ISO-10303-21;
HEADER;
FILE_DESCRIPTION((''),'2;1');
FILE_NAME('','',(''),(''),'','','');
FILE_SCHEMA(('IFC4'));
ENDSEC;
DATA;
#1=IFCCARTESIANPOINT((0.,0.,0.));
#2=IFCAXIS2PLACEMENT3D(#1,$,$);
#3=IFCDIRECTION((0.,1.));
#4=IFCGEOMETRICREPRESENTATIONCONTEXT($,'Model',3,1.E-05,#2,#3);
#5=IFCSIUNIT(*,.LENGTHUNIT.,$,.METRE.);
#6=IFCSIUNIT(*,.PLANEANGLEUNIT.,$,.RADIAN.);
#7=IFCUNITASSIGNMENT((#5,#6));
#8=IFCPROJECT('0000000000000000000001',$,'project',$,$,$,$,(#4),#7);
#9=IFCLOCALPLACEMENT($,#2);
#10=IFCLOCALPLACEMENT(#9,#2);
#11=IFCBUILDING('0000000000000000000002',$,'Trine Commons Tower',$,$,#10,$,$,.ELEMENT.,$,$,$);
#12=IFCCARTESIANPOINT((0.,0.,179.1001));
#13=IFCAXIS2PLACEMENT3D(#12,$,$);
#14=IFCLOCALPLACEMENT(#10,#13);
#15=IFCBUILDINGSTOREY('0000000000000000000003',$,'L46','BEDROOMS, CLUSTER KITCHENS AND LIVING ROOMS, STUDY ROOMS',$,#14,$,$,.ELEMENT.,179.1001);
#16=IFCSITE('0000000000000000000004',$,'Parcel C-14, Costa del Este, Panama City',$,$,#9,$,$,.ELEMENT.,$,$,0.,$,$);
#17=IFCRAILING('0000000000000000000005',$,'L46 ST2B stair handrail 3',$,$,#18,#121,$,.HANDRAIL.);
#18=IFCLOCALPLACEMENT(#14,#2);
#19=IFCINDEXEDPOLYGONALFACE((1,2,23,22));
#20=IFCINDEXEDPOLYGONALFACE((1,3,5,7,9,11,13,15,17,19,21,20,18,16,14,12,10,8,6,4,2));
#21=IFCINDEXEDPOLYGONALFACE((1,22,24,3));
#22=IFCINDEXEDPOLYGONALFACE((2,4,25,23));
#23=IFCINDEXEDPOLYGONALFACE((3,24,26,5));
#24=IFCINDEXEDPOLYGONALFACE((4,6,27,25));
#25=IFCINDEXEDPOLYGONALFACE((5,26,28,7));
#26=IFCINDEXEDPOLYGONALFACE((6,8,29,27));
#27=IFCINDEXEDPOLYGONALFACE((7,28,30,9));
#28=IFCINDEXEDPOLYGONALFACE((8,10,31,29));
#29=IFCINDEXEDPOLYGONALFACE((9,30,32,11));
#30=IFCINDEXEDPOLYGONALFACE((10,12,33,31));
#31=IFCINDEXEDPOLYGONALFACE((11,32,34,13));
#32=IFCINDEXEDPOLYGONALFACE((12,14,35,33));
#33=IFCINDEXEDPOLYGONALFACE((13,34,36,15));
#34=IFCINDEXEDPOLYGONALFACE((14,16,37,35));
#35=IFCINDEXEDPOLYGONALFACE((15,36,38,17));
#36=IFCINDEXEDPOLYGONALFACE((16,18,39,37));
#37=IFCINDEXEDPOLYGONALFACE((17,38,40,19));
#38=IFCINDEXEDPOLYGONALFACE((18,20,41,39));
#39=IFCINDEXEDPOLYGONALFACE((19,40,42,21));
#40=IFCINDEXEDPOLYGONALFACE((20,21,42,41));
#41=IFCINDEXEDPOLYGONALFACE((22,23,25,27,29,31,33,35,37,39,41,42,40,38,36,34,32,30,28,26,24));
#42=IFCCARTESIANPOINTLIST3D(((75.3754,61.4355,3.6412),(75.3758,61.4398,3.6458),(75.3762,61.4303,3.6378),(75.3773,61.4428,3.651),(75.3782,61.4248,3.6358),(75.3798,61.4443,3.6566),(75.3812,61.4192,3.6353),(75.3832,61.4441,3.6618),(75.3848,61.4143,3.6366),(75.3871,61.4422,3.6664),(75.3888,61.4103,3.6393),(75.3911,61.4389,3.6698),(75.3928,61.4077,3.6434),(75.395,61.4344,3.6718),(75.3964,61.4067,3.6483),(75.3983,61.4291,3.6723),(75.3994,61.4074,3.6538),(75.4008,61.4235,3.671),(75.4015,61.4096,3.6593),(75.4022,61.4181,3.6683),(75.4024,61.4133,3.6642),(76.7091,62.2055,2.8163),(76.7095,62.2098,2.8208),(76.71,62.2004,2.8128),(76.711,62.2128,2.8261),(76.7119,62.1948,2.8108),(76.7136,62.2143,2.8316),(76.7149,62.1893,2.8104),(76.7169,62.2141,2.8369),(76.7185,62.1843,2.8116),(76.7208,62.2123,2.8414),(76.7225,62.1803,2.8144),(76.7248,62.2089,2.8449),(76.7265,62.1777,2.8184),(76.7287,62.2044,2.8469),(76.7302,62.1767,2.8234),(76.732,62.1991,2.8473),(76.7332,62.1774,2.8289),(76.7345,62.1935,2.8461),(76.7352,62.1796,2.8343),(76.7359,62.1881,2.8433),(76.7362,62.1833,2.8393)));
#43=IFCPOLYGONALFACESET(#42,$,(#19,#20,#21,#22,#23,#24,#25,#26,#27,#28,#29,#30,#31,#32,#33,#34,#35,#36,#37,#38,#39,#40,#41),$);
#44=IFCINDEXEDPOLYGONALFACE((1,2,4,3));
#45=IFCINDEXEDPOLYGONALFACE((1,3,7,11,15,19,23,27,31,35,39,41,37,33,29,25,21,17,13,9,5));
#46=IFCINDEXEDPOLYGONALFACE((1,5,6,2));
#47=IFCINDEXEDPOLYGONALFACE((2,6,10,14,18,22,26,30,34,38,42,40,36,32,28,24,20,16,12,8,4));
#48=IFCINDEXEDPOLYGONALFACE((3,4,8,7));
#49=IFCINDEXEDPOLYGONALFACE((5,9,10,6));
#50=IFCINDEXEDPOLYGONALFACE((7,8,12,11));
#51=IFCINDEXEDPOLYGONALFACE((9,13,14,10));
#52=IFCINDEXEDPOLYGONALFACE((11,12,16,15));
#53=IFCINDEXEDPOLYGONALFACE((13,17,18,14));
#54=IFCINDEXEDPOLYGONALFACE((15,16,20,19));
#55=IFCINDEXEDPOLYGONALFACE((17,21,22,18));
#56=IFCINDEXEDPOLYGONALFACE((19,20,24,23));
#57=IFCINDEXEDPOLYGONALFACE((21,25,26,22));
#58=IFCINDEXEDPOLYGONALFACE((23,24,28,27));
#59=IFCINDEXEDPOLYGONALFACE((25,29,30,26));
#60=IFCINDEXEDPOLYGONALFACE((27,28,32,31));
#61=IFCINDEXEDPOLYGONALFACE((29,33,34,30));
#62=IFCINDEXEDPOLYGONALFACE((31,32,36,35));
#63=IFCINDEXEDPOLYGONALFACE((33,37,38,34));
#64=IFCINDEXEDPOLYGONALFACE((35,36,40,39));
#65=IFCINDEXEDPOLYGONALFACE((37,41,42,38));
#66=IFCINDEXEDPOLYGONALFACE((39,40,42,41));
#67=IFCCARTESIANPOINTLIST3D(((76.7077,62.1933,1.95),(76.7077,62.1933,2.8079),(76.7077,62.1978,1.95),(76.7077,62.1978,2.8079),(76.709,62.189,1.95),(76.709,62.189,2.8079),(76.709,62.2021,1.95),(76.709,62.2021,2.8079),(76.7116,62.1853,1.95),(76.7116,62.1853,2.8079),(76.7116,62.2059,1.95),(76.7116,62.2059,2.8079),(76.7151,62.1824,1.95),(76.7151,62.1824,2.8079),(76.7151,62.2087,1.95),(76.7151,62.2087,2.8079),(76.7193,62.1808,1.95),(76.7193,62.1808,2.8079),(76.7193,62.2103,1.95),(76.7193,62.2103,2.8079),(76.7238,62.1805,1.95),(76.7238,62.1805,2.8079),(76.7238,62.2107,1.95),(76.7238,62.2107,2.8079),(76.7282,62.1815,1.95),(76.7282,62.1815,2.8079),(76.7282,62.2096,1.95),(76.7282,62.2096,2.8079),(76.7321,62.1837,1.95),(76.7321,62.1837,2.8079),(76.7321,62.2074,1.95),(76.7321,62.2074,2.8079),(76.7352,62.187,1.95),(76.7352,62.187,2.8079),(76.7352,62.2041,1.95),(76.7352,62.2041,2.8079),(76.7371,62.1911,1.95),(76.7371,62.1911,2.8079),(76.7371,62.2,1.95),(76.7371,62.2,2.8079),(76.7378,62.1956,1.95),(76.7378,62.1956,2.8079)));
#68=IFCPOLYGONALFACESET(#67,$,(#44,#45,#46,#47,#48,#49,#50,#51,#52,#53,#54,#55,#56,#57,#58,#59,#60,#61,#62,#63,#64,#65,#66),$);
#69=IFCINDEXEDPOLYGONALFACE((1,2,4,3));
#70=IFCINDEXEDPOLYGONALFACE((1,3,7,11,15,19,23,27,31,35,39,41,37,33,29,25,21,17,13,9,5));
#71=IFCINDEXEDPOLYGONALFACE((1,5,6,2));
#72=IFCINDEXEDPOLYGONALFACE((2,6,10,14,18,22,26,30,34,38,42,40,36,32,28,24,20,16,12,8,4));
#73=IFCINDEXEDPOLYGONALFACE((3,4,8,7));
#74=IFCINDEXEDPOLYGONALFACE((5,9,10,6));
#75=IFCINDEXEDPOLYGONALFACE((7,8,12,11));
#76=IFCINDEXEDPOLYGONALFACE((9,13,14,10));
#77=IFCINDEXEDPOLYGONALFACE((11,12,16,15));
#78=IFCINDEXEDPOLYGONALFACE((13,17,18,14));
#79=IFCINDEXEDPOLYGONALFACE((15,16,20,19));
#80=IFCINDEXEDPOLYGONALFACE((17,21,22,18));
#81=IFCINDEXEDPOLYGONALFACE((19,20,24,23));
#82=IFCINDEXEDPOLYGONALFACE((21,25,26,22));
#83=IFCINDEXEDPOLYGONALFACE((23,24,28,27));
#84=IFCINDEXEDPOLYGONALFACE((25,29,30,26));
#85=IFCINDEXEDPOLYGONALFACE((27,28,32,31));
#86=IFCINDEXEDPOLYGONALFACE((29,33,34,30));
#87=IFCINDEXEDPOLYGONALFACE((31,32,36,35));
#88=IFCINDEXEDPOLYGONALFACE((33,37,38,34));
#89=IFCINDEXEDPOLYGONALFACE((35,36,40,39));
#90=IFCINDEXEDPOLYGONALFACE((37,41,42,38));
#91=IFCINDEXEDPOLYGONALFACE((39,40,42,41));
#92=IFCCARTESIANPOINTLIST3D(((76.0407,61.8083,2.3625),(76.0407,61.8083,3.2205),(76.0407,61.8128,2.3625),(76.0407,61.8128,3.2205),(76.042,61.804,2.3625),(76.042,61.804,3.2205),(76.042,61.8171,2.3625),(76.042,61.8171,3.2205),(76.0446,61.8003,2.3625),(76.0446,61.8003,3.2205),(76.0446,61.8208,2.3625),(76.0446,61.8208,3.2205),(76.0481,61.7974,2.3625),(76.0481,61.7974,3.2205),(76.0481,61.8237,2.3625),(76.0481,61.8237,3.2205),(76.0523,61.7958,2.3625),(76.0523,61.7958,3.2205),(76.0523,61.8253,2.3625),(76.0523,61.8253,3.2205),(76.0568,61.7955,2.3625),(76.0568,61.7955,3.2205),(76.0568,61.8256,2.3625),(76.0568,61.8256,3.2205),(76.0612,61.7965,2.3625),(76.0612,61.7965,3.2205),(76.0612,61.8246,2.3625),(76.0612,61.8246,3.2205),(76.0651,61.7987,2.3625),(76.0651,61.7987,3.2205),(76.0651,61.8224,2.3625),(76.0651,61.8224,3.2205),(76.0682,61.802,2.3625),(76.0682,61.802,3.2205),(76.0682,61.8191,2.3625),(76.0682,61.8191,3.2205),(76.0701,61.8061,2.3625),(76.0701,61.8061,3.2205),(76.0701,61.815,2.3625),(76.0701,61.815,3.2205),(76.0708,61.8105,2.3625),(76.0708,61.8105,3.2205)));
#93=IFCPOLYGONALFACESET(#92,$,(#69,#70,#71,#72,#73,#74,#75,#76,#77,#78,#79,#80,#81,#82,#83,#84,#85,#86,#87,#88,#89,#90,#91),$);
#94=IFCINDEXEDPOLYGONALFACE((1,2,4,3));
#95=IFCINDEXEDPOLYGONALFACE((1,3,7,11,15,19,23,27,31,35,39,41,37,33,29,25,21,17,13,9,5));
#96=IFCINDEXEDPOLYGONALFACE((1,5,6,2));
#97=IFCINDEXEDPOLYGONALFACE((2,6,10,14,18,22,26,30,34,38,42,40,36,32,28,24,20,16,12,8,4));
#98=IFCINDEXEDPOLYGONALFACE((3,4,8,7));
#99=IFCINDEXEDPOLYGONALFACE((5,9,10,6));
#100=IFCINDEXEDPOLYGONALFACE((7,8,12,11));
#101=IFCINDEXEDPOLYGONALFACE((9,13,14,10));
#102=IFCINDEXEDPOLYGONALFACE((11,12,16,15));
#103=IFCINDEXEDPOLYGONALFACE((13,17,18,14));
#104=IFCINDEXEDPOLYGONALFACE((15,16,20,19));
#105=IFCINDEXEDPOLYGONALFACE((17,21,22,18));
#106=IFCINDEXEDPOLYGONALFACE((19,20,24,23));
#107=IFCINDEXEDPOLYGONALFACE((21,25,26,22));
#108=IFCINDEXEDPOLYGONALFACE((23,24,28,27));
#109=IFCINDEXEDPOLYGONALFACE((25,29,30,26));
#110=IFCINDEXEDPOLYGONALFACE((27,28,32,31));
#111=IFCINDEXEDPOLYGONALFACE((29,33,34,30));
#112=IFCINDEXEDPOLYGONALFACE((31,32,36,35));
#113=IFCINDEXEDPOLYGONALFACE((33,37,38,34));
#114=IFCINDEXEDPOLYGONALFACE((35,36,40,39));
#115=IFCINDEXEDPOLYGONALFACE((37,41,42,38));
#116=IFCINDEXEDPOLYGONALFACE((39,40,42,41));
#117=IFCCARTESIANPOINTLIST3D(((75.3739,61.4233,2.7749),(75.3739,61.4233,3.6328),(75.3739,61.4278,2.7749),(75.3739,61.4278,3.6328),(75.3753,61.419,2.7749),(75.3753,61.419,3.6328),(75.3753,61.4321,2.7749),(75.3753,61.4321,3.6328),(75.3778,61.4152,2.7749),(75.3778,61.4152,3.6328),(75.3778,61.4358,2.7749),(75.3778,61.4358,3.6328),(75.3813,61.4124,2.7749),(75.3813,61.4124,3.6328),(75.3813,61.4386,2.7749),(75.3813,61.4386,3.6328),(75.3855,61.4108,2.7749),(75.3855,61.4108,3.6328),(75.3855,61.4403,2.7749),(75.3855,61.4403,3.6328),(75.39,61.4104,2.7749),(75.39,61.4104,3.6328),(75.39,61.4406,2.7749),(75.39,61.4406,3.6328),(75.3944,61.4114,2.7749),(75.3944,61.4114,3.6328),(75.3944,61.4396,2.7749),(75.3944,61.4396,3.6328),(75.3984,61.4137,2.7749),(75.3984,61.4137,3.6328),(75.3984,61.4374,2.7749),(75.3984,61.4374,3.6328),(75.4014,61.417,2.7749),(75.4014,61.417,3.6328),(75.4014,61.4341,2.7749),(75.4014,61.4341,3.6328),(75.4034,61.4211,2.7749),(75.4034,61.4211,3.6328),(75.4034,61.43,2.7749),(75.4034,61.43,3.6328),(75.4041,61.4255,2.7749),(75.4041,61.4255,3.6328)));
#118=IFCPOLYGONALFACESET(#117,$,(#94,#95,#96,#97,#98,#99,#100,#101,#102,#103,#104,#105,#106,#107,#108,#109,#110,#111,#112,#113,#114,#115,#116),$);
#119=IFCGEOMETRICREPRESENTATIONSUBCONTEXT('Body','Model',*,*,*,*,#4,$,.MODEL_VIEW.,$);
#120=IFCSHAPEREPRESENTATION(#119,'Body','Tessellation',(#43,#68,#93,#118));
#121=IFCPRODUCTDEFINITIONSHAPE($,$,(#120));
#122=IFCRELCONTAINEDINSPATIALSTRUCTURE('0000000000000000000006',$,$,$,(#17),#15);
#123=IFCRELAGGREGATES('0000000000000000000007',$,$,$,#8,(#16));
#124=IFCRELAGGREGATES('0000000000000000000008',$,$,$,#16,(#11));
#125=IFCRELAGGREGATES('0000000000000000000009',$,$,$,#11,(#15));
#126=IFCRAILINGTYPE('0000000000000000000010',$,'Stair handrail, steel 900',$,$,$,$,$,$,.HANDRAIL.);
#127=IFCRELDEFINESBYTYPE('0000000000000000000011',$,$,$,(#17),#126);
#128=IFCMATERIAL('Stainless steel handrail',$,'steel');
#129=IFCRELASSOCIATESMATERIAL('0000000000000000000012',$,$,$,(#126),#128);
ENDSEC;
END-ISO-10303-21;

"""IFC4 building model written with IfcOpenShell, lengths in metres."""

from ifc_helpers import new_model, si_unit, direction, frame, origin, origin_2d, place, context, subcontext, project, spatial, circle, extrude, material, type_object, element, save


model = new_model("IFC4")

# Units and contexts
model_context = context("Model", 3, precision=1e-05, world=origin(), true_north=direction((0.0, 1.0)))
body_context = subcontext(model_context, "Body", "Model", "MODEL_VIEW")
ifc_project = project(units=[si_unit("LENGTHUNIT", "METRE"), si_unit("PLANEANGLEUNIT", "RADIAN")], contexts=[model_context])

# Site, building, storey
site_placement = place(None, origin())
site = spatial("IfcSite", under=ifc_project, at=site_placement, Name="Parcel C-14, Costa del Este, Panama City", CompositionType="ELEMENT", RefElevation=0.0)
building_placement = place(site_placement, origin())
building = spatial("IfcBuilding", under=site, at=building_placement, Name="Trine Commons Tower", CompositionType="ELEMENT")
storey_placement = place(building_placement, frame((0.0, 0.0, 179.1001)))
storey = spatial("IfcBuildingStorey", under=building, at=storey_placement, Name="L46", Description="BEDROOMS, CLUSTER KITCHENS AND LIVING ROOMS, STUDY ROOMS", CompositionType="ELEMENT", Elevation=179.1001)

# Railing
ifc_material_1 = material(Name="Stainless steel handrail", Category="steel")
railing_type_1 = type_object("IfcRailingType", Name="Stair handrail, steel 900", PredefinedType="HANDRAIL", material=ifc_material_1)
for number, where, name in (
    (1, (76.7227, 62.1956, 1.95), "L46 ST2B stair handrail 3"),
):
    element("IfcRailing", number, at=place(storey_placement, frame(where)), inside=storey, type_object=railing_type_1, Name=name, PredefinedType="HANDRAIL", context=body_context, shape_type="SweptSolid", body=[
        extrude(circle(Radius=0.021, at=origin_2d()), frame((0.0, 0.0, 0.8789), z_axis=(-0.763405, -0.440743, 0.472185), x_axis=(0.499992, -0.86603, 0.0)), (0.0, 0.0, 1.0), 1.7471),
        extrude(circle(Radius=0.0151, at=origin_2d()), origin(), (0.0, 0.0, 1.0), 0.8579),
        extrude(circle(Radius=0.0151, at=origin_2d()), frame((-0.667, -0.385, 0.4126)), (0.0, 0.0, 1.0), 0.8579),
        extrude(circle(Radius=0.0151, at=origin_2d()), frame((-1.3337, -0.77, 0.825)), (0.0, 0.0, 1.0), 0.8579),
    ])

save(model, "model.ifc")
